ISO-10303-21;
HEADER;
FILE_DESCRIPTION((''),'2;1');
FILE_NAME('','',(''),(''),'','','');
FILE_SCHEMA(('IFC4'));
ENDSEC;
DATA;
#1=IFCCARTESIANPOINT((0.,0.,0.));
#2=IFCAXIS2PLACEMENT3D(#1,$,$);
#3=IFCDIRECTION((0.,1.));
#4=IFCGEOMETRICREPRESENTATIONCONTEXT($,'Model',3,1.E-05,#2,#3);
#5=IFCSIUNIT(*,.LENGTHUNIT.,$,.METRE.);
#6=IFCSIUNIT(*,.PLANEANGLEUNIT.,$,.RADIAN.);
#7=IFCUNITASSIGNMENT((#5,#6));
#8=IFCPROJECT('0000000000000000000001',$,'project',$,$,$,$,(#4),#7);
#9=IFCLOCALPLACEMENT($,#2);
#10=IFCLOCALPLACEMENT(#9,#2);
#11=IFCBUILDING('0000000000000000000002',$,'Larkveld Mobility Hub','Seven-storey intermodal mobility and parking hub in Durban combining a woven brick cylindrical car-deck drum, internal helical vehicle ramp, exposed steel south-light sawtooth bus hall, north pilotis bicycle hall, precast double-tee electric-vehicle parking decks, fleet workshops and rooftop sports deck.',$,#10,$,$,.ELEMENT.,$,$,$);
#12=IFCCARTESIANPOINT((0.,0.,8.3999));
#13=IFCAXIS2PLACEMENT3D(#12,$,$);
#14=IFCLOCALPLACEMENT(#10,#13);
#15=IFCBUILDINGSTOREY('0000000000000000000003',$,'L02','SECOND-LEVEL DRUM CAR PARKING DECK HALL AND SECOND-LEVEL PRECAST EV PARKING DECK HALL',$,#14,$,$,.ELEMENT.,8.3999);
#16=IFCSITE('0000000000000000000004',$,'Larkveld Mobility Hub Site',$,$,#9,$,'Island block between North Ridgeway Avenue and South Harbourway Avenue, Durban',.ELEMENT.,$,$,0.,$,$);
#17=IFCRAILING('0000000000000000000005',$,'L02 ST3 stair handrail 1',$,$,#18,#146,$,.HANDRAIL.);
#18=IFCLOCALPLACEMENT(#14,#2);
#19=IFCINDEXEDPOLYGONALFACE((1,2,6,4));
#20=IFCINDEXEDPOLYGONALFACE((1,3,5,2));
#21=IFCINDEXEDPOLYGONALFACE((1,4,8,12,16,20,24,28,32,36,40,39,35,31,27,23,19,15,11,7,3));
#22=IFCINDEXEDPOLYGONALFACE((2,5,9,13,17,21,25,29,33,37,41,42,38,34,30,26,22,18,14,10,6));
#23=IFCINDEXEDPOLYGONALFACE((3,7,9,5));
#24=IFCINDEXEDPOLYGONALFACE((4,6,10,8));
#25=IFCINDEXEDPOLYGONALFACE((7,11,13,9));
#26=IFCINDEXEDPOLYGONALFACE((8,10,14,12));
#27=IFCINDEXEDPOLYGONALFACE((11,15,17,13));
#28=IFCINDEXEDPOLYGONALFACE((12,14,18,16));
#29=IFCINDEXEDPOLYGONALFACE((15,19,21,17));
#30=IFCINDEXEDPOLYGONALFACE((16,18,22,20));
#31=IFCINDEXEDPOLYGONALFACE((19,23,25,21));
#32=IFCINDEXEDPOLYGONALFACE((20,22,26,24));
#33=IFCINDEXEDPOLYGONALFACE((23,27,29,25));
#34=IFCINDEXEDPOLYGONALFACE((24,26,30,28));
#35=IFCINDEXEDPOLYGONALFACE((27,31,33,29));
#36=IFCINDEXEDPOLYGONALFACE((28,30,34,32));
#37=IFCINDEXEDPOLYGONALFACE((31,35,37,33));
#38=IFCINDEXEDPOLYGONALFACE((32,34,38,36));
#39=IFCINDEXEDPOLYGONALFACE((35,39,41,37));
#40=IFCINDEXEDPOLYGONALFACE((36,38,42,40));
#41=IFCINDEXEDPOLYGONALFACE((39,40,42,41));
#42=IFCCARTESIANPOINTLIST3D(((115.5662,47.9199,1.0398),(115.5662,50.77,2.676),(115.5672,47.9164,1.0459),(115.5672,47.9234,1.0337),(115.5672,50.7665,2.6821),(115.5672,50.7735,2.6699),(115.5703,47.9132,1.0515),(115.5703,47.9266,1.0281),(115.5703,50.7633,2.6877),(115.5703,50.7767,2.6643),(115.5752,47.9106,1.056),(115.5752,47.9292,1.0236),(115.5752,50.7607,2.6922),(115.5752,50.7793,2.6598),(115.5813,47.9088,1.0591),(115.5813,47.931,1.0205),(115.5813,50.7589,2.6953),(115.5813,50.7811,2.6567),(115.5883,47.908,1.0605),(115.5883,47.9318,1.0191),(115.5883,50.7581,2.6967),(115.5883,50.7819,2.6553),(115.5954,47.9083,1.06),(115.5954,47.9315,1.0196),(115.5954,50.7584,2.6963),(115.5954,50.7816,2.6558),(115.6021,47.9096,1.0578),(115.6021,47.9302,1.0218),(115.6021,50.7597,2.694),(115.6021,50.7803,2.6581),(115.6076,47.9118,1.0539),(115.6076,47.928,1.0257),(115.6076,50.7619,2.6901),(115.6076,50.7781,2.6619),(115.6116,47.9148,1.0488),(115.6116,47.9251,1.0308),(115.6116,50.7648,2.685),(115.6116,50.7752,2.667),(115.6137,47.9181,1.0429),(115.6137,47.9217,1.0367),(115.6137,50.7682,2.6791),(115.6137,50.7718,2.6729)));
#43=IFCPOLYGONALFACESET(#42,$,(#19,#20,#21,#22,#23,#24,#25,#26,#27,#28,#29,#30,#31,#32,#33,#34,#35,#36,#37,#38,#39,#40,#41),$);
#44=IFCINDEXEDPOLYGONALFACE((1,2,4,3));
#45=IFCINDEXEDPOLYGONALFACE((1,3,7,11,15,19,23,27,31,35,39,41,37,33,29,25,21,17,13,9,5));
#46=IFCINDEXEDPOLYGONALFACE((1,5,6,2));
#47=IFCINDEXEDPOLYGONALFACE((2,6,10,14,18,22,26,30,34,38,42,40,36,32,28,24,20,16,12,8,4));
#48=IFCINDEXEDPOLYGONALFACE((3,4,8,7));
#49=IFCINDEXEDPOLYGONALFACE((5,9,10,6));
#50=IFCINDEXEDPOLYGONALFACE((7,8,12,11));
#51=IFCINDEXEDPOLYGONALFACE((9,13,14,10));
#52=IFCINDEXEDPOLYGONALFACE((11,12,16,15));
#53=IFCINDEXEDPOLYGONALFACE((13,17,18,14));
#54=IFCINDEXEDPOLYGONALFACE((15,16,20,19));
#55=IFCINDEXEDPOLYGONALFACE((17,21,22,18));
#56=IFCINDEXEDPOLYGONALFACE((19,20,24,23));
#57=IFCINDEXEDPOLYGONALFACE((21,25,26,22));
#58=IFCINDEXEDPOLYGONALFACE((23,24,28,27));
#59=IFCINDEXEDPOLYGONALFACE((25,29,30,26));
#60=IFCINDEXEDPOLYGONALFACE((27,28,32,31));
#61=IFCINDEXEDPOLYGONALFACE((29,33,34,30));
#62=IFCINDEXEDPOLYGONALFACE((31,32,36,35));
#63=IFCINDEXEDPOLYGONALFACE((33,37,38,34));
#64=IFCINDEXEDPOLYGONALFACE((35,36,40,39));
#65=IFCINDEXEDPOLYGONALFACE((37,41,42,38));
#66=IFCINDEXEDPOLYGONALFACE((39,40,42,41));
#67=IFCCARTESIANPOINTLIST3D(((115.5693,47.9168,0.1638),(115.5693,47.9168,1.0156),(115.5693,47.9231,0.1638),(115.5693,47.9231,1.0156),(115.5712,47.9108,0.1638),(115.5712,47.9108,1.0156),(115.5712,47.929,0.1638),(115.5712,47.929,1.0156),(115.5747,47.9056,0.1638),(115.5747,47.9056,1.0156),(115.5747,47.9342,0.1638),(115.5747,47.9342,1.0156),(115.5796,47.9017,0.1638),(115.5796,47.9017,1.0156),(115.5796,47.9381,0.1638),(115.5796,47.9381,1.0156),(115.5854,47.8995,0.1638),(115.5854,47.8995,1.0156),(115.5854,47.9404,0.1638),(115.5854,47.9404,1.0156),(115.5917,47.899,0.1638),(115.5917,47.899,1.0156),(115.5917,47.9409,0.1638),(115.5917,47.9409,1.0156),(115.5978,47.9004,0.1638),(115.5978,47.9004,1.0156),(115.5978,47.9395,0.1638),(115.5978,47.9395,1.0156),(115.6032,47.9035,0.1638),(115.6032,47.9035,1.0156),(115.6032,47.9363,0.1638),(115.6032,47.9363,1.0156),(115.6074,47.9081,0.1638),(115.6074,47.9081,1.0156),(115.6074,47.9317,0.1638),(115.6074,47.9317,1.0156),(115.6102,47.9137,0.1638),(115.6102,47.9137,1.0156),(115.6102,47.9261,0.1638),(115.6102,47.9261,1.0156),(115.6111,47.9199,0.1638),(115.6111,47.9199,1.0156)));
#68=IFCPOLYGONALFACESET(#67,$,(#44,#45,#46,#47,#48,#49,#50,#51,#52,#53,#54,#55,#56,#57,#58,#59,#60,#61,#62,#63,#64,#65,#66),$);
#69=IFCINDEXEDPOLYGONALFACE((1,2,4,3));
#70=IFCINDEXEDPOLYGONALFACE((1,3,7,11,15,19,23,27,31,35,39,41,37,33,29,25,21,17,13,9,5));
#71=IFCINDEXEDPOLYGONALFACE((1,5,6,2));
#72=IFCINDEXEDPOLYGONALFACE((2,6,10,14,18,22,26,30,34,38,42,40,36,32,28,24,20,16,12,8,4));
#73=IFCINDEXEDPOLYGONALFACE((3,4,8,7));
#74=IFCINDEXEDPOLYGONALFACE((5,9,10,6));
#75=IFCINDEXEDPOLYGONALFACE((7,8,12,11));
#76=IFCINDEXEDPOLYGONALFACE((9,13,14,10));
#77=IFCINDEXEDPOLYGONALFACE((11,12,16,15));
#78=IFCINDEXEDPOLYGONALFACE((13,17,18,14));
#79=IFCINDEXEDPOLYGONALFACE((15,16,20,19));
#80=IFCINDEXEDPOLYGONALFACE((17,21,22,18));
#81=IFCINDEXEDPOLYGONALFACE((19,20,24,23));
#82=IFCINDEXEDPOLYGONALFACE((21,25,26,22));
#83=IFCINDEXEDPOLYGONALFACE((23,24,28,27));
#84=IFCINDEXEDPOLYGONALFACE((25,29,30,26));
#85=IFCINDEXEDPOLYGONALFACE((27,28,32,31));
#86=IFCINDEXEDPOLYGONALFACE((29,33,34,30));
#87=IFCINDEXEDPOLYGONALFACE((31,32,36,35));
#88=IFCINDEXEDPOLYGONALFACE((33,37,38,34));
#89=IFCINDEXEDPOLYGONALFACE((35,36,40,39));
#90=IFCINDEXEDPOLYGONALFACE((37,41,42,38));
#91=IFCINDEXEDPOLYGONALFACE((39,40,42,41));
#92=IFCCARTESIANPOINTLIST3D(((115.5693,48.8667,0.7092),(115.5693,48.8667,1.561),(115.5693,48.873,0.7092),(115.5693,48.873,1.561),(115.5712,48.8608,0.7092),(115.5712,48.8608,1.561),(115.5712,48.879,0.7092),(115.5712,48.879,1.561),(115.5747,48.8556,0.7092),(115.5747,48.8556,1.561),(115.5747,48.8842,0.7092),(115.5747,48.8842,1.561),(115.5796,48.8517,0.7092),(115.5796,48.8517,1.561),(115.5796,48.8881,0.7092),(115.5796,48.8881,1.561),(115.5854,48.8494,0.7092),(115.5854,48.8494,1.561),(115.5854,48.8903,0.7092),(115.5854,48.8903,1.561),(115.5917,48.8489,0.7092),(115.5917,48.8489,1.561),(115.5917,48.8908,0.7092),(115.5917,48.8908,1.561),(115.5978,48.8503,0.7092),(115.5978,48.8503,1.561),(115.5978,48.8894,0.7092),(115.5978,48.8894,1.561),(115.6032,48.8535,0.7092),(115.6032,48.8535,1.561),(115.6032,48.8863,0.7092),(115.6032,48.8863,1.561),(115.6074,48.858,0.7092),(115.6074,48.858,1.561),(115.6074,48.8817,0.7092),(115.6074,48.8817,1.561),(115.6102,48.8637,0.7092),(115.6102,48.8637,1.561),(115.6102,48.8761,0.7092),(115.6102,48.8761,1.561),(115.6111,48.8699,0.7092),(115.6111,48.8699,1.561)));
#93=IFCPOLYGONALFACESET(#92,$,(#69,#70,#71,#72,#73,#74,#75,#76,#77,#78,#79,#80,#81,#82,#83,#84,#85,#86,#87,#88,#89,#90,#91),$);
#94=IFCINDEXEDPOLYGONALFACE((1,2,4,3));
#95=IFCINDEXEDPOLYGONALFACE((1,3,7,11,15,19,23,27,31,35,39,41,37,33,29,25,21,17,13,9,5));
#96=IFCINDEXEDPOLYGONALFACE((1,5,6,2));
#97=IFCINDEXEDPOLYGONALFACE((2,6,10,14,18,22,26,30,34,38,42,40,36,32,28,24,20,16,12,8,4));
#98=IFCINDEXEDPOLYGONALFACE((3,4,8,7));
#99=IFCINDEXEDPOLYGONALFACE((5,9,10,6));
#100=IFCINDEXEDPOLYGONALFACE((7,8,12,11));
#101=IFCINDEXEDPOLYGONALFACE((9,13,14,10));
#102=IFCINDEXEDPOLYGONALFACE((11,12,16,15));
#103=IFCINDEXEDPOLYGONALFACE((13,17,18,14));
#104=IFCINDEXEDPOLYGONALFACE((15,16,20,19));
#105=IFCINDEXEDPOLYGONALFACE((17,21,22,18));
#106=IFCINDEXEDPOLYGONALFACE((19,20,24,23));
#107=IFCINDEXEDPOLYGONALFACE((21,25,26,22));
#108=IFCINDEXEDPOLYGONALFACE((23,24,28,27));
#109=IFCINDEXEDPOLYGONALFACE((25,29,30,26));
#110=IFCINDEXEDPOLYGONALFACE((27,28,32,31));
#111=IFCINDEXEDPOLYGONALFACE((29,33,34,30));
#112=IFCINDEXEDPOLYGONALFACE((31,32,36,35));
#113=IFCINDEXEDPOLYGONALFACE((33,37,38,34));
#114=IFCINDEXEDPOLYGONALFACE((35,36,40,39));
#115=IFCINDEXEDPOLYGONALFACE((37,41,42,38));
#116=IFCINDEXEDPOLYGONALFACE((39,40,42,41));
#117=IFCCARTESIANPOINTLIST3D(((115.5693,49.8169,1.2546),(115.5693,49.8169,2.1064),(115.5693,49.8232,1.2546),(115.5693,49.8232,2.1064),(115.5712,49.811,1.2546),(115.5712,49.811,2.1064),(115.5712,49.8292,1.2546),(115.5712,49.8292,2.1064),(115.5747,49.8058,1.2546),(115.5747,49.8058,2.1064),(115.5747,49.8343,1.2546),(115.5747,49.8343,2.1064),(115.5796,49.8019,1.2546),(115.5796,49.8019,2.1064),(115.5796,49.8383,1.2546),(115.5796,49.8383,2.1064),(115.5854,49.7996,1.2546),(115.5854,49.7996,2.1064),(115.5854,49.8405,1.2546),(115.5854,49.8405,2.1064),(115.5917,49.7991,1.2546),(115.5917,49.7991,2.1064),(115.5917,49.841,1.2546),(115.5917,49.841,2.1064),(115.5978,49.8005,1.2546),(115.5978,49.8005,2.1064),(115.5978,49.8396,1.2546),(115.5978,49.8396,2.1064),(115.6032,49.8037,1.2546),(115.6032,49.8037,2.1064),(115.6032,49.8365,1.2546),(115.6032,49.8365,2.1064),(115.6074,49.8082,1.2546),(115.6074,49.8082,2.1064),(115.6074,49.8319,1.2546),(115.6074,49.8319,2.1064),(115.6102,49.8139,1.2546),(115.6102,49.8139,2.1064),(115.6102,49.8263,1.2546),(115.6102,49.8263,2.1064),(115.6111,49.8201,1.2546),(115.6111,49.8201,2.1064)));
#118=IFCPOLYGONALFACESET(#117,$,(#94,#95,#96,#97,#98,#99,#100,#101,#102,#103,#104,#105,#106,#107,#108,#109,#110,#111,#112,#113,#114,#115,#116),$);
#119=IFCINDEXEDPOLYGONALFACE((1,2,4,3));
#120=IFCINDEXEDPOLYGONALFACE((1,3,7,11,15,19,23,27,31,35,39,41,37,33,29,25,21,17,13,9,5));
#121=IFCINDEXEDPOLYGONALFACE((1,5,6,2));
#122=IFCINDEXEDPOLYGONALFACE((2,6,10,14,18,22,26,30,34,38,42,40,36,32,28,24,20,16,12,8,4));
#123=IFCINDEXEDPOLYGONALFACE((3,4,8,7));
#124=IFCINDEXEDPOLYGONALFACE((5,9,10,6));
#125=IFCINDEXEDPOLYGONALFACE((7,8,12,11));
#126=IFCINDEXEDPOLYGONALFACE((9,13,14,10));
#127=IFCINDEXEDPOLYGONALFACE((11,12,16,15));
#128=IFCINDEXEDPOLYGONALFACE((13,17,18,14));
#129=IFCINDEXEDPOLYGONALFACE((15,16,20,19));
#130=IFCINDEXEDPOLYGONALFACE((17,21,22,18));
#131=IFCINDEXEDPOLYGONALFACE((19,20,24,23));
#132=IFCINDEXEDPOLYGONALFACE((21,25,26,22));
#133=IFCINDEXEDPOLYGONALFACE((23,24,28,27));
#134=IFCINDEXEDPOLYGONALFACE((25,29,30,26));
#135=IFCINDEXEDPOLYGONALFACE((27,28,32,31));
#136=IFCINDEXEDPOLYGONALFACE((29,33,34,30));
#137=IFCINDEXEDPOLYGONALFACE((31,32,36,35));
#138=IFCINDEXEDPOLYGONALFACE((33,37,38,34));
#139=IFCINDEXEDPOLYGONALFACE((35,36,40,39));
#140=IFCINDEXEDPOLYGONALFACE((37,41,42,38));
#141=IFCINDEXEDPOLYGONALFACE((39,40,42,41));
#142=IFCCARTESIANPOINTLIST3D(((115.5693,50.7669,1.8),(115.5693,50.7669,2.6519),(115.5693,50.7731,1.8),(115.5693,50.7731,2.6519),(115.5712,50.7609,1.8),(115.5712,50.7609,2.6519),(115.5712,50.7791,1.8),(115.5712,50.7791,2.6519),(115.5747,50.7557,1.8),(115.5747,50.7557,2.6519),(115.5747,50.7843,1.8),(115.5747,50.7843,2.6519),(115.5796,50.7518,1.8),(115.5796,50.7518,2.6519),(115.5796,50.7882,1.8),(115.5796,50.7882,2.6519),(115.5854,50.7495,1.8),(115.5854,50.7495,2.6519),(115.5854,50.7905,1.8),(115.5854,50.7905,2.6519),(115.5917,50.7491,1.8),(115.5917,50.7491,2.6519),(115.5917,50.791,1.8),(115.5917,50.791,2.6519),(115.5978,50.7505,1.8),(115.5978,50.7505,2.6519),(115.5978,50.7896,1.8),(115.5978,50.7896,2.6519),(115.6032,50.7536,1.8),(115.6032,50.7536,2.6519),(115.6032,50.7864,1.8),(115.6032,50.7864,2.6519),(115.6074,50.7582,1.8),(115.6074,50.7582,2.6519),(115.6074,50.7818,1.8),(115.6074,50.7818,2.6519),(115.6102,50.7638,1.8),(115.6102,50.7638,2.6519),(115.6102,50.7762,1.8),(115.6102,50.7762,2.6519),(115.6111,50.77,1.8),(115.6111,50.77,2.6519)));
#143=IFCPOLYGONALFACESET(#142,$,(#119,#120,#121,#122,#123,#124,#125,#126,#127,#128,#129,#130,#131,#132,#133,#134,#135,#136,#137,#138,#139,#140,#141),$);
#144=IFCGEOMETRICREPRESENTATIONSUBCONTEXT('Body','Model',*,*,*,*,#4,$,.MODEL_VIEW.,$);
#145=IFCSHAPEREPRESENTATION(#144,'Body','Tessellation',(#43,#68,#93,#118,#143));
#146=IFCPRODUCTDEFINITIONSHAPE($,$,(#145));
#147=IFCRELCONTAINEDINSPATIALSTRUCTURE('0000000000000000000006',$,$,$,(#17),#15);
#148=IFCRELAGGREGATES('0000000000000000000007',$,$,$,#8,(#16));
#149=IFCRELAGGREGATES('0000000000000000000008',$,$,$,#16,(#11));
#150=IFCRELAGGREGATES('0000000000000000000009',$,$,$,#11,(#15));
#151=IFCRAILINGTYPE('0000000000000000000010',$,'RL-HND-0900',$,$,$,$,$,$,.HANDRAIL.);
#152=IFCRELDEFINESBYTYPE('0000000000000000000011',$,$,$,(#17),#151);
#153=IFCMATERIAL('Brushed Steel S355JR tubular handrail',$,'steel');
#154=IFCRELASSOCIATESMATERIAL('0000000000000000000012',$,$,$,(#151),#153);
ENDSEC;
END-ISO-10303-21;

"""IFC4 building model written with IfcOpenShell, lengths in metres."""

from ifc_helpers import new_model, si_unit, direction, frame, origin, origin_2d, place, context, subcontext, project, spatial, circle, extrude, material, type_object, element, save


model = new_model("IFC4")

# Units and contexts
model_context = context("Model", 3, precision=1e-05, world=origin(), true_north=direction((0.0, 1.0)))
body_context = subcontext(model_context, "Body", "Model", "MODEL_VIEW")
ifc_project = project(units=[si_unit("LENGTHUNIT", "METRE"), si_unit("PLANEANGLEUNIT", "RADIAN")], contexts=[model_context])

# Site, building, storey
site_placement = place(None, origin())
site = spatial("IfcSite", under=ifc_project, at=site_placement, Name="Larkveld Mobility Hub Site", LongName="Island block between North Ridgeway Avenue and South Harbourway Avenue, Durban", CompositionType="ELEMENT", RefElevation=0.0)
building_placement = place(site_placement, origin())
building = spatial("IfcBuilding", under=site, at=building_placement, Name="Larkveld Mobility Hub", Description="Seven-storey intermodal mobility and parking hub in Durban combining a woven brick cylindrical car-deck drum, internal helical vehicle ramp, exposed steel south-light sawtooth bus hall, north pilotis bicycle hall, precast double-tee electric-vehicle parking decks, fleet workshops and rooftop sports deck.", CompositionType="ELEMENT")
storey_placement = place(building_placement, frame((0.0, 0.0, 8.3999)))
storey = spatial("IfcBuildingStorey", under=building, at=storey_placement, Name="L02", Description="SECOND-LEVEL DRUM CAR PARKING DECK HALL AND SECOND-LEVEL PRECAST EV PARKING DECK HALL", CompositionType="ELEMENT", Elevation=8.3999)

# Railing
ifc_material_1 = material(Name="Brushed Steel S355JR tubular handrail", Category="steel")
railing_type_1 = type_object("IfcRailingType", Name="RL-HND-0900", PredefinedType="HANDRAIL", material=ifc_material_1)
railing_1_placement = place(storey_placement, frame((115.5901, 47.9199, 0.1638)))
element("IfcRailing", 1, at=railing_1_placement, inside=storey, type_object=railing_type_1, Name="L02 ST3 stair handrail 1", PredefinedType="HANDRAIL", context=body_context, shape_type="SweptSolid", body=[
    extrude(circle(Radius=0.0239, at=origin_2d()), frame((0.0, 0.0, 0.876), z_axis=(0.0, 0.867245, 0.497882), x_axis=(-1.0, 0.0, 0.0)), (0.0, 0.0, 1.0), 3.2864),
    extrude(circle(Radius=0.021, at=origin_2d()), origin(), (0.0, 0.0, 1.0), 0.8518),
    extrude(circle(Radius=0.021, at=origin_2d()), frame((0.0, 0.95, 0.5454)), (0.0, 0.0, 1.0), 0.8518),
    extrude(circle(Radius=0.021, at=origin_2d()), frame((0.0, 1.9001, 1.0908)), (0.0, 0.0, 1.0), 0.8518),
    extrude(circle(Radius=0.021, at=origin_2d()), frame((0.0, 2.8501, 1.6362)), (0.0, 0.0, 1.0), 0.8518),
])

save(model, "model.ifc")
